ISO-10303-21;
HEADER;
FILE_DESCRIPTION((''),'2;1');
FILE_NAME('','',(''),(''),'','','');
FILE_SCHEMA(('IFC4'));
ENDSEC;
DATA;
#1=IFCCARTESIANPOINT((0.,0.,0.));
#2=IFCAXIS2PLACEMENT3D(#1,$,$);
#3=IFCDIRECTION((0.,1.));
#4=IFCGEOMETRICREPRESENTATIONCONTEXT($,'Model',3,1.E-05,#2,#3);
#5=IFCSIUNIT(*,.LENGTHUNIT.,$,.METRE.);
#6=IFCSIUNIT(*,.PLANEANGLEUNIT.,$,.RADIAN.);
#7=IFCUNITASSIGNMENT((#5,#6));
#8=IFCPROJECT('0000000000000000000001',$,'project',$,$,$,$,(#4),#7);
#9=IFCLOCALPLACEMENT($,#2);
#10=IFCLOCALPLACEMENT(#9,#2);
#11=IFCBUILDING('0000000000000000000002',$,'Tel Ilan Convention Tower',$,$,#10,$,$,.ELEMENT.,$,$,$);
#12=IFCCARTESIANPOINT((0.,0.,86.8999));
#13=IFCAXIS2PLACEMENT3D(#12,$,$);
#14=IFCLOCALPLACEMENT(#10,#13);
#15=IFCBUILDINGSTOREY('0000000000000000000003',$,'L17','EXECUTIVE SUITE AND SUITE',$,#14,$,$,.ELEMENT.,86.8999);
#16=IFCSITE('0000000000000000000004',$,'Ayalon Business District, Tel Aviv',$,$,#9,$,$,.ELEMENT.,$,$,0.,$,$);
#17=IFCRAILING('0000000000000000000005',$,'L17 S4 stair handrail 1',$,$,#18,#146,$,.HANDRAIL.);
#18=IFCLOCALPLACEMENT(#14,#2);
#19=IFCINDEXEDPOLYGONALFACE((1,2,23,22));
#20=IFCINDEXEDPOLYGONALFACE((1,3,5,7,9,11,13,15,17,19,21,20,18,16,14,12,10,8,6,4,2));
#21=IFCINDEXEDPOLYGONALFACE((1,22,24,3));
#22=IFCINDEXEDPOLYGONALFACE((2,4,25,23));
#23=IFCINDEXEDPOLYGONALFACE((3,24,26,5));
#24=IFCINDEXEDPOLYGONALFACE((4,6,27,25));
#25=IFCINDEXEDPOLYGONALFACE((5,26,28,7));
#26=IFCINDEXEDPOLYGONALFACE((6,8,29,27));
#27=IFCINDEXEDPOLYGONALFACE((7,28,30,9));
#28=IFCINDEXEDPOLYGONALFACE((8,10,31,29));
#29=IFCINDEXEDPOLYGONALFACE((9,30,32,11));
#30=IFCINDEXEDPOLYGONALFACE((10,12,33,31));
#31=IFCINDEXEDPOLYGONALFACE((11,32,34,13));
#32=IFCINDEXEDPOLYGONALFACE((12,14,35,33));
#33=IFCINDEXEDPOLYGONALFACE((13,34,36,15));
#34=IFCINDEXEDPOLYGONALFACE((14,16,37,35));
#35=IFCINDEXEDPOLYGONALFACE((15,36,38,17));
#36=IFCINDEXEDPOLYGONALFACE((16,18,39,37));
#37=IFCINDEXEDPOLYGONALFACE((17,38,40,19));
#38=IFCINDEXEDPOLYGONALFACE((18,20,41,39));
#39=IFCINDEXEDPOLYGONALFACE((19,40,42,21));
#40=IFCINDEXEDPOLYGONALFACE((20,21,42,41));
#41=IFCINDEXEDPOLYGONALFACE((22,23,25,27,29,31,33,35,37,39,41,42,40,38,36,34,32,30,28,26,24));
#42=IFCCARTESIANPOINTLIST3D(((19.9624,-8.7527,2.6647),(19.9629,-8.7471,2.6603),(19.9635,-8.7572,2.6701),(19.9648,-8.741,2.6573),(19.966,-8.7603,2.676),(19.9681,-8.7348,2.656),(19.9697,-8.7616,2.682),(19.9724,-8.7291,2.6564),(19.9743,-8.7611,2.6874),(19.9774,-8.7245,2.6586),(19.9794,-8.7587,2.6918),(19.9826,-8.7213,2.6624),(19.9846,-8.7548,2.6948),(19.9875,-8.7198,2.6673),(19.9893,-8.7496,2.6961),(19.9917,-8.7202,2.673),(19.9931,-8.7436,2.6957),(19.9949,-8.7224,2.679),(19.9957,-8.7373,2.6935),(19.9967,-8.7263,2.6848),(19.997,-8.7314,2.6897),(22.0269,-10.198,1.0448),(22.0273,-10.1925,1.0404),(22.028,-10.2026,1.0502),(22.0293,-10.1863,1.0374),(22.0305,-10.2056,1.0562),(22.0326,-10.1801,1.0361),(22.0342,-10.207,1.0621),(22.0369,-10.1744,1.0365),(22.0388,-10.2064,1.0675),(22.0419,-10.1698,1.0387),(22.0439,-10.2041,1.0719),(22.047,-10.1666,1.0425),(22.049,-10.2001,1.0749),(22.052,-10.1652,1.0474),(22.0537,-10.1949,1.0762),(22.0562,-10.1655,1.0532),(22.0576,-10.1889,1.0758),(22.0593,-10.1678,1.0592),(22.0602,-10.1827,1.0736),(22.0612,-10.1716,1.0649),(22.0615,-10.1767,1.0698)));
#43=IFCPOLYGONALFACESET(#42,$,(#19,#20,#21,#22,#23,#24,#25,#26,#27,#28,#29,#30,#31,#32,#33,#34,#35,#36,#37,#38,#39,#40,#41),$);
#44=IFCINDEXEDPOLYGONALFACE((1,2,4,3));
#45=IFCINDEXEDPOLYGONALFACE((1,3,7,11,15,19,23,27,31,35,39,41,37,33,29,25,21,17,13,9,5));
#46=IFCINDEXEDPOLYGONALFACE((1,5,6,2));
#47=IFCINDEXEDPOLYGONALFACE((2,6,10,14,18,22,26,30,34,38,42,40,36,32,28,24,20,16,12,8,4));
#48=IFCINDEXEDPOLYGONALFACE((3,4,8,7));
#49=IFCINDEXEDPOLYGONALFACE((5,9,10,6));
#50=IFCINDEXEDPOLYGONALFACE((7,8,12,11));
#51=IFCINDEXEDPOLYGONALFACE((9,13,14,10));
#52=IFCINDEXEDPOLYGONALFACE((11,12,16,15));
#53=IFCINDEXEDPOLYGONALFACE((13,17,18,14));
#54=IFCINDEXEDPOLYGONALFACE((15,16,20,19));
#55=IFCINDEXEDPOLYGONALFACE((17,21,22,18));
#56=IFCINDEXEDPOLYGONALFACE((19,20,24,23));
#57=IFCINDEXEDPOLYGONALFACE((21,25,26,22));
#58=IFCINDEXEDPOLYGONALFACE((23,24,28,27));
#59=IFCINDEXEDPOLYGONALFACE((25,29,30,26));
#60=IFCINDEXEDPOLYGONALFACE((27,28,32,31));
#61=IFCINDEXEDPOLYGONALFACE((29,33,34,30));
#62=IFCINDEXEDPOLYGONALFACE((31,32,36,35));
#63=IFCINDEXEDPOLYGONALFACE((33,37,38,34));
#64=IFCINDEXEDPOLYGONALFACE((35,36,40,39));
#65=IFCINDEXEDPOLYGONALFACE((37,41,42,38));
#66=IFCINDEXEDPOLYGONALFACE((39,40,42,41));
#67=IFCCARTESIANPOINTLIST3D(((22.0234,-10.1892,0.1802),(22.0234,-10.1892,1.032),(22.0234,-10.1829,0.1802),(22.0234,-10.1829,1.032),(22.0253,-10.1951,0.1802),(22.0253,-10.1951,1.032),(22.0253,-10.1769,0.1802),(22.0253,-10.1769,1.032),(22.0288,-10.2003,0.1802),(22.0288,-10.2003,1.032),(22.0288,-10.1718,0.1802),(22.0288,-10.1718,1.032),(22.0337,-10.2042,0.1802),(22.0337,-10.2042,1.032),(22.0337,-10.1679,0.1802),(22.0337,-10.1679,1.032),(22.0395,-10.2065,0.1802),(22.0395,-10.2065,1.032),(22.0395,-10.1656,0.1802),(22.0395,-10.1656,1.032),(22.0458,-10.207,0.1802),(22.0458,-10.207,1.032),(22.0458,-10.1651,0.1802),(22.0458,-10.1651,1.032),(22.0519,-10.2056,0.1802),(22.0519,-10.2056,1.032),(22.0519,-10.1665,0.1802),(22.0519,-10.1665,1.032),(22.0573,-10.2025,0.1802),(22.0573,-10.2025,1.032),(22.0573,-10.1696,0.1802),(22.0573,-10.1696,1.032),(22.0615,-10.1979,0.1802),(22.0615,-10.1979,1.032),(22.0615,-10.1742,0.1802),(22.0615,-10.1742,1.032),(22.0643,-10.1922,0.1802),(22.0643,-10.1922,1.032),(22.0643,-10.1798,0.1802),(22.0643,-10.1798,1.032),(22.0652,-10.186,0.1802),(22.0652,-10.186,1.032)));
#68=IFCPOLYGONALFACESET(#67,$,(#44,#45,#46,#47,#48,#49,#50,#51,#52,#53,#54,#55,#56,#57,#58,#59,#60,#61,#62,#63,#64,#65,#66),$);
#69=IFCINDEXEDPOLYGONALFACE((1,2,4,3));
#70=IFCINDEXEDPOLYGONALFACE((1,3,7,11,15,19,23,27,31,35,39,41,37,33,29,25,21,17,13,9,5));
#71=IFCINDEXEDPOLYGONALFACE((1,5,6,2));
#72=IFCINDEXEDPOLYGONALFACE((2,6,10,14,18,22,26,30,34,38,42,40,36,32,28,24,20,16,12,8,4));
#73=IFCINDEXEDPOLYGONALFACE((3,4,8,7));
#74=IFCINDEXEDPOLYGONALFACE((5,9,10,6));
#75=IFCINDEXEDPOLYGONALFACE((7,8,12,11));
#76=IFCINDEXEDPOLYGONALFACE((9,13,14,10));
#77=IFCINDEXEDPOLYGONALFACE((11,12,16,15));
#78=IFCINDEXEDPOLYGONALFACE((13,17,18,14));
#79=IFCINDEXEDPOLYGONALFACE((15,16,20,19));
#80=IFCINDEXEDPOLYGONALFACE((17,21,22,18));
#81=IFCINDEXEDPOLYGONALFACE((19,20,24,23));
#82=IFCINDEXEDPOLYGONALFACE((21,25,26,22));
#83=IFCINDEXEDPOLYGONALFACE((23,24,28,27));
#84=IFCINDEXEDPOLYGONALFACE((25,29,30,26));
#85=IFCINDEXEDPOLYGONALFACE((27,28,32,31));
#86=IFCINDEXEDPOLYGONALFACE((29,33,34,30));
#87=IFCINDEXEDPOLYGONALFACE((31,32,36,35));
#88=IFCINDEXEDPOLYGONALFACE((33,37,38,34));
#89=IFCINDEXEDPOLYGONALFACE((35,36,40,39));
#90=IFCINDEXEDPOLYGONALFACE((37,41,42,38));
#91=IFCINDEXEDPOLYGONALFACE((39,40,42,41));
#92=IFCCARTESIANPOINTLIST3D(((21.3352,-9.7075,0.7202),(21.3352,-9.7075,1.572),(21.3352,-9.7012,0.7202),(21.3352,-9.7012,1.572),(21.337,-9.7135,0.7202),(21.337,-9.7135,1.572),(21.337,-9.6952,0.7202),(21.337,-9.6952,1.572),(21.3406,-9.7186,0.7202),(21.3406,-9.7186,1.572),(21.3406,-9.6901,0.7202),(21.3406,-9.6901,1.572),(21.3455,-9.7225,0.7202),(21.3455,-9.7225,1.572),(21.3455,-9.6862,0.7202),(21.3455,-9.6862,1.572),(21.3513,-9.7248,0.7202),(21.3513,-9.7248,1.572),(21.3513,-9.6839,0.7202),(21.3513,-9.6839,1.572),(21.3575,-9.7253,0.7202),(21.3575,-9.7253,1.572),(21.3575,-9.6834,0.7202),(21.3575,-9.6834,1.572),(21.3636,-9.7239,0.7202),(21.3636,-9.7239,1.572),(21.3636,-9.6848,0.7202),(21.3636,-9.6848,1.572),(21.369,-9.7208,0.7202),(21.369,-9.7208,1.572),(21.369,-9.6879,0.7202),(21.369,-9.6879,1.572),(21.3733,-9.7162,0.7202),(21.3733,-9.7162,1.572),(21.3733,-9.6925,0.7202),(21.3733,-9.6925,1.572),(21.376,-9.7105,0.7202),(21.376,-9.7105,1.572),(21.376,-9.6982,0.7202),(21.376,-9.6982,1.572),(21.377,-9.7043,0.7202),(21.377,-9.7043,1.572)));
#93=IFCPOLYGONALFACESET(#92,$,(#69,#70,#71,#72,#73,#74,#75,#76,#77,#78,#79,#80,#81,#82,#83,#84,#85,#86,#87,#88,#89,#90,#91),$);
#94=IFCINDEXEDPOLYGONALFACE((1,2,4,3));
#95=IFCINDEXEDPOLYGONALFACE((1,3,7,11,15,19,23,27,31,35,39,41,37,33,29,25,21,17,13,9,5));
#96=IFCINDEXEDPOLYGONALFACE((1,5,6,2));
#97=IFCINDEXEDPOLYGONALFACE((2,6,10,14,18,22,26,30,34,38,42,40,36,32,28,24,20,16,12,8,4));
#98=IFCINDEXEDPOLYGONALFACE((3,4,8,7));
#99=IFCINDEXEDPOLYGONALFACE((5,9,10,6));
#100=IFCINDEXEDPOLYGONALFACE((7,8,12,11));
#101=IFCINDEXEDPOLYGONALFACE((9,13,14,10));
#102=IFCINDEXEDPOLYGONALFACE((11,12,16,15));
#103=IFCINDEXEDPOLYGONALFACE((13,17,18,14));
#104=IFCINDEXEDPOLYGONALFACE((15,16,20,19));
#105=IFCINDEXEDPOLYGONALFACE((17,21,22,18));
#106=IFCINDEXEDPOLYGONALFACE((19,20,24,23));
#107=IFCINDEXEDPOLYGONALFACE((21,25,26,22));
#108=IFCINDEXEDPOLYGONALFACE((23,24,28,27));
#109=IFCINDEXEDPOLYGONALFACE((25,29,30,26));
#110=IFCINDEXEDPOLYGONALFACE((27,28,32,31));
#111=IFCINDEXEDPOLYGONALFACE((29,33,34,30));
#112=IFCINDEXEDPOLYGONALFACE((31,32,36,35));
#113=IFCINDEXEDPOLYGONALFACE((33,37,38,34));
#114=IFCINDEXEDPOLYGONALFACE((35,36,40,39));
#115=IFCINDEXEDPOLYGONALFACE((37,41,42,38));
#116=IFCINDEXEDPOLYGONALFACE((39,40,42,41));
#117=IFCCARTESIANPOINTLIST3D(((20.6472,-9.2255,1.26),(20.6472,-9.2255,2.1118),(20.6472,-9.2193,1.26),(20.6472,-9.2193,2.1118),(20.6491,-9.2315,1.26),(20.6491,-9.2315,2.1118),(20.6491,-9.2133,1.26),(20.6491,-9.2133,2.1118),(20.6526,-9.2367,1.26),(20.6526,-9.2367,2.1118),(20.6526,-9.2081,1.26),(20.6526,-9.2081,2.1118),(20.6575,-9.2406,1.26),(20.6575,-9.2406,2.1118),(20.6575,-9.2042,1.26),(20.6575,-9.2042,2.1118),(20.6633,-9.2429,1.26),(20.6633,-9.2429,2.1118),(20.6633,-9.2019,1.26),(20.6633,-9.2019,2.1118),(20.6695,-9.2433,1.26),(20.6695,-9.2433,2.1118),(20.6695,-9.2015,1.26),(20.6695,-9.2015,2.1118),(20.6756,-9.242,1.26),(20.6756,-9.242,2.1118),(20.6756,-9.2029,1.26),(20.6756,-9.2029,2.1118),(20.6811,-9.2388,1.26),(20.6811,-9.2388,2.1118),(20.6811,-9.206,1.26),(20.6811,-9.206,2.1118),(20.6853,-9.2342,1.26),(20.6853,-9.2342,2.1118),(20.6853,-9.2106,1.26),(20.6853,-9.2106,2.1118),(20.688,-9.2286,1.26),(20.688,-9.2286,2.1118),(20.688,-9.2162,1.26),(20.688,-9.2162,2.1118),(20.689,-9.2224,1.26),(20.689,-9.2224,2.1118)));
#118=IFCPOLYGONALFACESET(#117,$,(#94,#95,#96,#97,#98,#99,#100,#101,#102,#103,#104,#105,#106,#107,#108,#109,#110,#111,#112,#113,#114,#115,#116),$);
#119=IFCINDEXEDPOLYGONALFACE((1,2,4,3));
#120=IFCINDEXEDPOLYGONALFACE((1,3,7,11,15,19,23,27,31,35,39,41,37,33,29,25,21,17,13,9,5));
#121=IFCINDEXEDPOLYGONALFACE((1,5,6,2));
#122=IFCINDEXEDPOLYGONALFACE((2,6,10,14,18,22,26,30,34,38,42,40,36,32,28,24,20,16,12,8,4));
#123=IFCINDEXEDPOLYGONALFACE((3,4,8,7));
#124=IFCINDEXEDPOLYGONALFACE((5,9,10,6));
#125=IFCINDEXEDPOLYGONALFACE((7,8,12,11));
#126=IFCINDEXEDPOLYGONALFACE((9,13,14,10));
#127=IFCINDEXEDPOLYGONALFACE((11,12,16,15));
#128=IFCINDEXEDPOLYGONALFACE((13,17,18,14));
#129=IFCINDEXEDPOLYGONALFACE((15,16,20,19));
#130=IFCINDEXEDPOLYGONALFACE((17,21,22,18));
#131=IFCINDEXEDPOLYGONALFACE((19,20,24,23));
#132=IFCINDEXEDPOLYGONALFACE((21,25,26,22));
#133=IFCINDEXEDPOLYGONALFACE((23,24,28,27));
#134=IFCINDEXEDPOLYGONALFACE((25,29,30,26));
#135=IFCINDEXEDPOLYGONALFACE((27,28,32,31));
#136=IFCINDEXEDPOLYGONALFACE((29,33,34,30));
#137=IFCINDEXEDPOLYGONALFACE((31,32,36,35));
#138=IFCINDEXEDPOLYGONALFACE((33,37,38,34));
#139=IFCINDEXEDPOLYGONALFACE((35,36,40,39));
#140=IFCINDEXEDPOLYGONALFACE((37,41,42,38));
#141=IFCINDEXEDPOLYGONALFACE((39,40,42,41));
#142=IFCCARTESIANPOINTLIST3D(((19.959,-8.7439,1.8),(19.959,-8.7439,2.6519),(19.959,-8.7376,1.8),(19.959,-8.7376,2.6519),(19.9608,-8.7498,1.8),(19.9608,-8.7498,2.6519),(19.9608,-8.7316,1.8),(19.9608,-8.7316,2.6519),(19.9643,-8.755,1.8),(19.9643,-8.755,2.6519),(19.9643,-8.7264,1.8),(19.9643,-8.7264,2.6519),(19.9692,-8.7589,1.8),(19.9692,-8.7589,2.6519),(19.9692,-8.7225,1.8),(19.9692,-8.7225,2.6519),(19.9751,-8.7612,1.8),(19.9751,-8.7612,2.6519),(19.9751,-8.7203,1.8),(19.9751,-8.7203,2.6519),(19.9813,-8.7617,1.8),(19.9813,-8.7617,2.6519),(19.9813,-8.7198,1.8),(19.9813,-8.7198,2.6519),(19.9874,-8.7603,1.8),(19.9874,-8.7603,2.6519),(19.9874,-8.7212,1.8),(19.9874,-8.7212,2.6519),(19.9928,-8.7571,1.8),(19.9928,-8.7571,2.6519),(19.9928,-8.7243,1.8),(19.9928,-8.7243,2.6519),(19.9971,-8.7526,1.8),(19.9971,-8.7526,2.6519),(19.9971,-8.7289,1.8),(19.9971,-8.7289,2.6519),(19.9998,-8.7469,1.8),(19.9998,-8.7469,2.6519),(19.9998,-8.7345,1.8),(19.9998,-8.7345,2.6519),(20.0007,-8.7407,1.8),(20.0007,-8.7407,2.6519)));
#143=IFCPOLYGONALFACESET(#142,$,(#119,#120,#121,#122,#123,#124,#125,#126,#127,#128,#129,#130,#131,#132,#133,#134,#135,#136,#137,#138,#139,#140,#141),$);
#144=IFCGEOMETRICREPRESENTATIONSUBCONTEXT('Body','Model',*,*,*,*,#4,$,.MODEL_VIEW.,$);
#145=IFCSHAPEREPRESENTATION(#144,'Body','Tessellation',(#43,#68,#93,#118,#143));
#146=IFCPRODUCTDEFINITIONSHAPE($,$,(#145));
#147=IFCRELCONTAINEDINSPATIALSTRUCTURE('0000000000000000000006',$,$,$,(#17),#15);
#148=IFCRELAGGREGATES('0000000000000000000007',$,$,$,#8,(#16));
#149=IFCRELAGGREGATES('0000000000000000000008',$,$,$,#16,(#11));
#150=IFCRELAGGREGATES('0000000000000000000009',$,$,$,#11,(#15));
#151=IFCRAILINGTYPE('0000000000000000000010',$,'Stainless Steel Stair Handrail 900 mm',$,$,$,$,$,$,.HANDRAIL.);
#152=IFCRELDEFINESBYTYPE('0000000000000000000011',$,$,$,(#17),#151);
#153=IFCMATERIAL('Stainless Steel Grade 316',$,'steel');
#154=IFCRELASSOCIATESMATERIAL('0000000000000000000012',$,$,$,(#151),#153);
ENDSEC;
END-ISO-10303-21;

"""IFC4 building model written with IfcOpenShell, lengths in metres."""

from ifc_helpers import new_model, si_unit, direction, frame, origin, origin_2d, place, context, subcontext, project, spatial, circle, extrude, material, type_object, element, save


model = new_model("IFC4")

# Units and contexts
model_context = context("Model", 3, precision=1e-05, world=origin(), true_north=direction((0.0, 1.0)))
body_context = subcontext(model_context, "Body", "Model", "MODEL_VIEW")
ifc_project = project(units=[si_unit("LENGTHUNIT", "METRE"), si_unit("PLANEANGLEUNIT", "RADIAN")], contexts=[model_context])

# Site, building, storey
site_placement = place(None, origin())
site = spatial("IfcSite", under=ifc_project, at=site_placement, Name="Ayalon Business District, Tel Aviv", CompositionType="ELEMENT", RefElevation=0.0)
building_placement = place(site_placement, origin())
building = spatial("IfcBuilding", under=site, at=building_placement, Name="Tel Ilan Convention Tower", CompositionType="ELEMENT")
storey_placement = place(building_placement, frame((0.0, 0.0, 86.8999)))
storey = spatial("IfcBuildingStorey", under=building, at=storey_placement, Name="L17", Description="EXECUTIVE SUITE AND SUITE", CompositionType="ELEMENT", Elevation=86.8999)

# Railing
ifc_material_1 = material(Name="Stainless Steel Grade 316", Category="steel")
railing_type_1 = type_object("IfcRailingType", Name="Stainless Steel Stair Handrail 900 mm", PredefinedType="HANDRAIL", material=ifc_material_1)
railing_1_placement = place(storey_placement, frame((22.0442, -10.186, 0.1802)))
element("IfcRailing", 1, at=railing_1_placement, inside=storey, type_object=railing_type_1, Name="L17 S4 stair handrail 1", PredefinedType="HANDRAIL", context=body_context, shape_type="SweptSolid", body=[
    extrude(circle(Radius=0.0239, at=origin_2d()), frame((0.0, 0.0, 0.876), z_axis=(-0.689113, 0.482444, 0.540713), x_axis=(-0.573514, -0.819196, 0.0)), (0.0, 0.0, 1.0), 2.9958),
    extrude(circle(Radius=0.021, at=origin_2d()), origin(), (0.0, 0.0, 1.0), 0.8518),
    extrude(circle(Radius=0.021, at=origin_2d()), frame((-0.6882, 0.4817, 0.54)), (0.0, 0.0, 1.0), 0.8518),
    extrude(circle(Radius=0.021, at=origin_2d()), frame((-1.3762, 0.9636, 1.0798)), (0.0, 0.0, 1.0), 0.8518),
    extrude(circle(Radius=0.021, at=origin_2d()), frame((-2.0645, 1.4453, 1.6199)), (0.0, 0.0, 1.0), 0.8518),
])

save(model, "model.ifc")
